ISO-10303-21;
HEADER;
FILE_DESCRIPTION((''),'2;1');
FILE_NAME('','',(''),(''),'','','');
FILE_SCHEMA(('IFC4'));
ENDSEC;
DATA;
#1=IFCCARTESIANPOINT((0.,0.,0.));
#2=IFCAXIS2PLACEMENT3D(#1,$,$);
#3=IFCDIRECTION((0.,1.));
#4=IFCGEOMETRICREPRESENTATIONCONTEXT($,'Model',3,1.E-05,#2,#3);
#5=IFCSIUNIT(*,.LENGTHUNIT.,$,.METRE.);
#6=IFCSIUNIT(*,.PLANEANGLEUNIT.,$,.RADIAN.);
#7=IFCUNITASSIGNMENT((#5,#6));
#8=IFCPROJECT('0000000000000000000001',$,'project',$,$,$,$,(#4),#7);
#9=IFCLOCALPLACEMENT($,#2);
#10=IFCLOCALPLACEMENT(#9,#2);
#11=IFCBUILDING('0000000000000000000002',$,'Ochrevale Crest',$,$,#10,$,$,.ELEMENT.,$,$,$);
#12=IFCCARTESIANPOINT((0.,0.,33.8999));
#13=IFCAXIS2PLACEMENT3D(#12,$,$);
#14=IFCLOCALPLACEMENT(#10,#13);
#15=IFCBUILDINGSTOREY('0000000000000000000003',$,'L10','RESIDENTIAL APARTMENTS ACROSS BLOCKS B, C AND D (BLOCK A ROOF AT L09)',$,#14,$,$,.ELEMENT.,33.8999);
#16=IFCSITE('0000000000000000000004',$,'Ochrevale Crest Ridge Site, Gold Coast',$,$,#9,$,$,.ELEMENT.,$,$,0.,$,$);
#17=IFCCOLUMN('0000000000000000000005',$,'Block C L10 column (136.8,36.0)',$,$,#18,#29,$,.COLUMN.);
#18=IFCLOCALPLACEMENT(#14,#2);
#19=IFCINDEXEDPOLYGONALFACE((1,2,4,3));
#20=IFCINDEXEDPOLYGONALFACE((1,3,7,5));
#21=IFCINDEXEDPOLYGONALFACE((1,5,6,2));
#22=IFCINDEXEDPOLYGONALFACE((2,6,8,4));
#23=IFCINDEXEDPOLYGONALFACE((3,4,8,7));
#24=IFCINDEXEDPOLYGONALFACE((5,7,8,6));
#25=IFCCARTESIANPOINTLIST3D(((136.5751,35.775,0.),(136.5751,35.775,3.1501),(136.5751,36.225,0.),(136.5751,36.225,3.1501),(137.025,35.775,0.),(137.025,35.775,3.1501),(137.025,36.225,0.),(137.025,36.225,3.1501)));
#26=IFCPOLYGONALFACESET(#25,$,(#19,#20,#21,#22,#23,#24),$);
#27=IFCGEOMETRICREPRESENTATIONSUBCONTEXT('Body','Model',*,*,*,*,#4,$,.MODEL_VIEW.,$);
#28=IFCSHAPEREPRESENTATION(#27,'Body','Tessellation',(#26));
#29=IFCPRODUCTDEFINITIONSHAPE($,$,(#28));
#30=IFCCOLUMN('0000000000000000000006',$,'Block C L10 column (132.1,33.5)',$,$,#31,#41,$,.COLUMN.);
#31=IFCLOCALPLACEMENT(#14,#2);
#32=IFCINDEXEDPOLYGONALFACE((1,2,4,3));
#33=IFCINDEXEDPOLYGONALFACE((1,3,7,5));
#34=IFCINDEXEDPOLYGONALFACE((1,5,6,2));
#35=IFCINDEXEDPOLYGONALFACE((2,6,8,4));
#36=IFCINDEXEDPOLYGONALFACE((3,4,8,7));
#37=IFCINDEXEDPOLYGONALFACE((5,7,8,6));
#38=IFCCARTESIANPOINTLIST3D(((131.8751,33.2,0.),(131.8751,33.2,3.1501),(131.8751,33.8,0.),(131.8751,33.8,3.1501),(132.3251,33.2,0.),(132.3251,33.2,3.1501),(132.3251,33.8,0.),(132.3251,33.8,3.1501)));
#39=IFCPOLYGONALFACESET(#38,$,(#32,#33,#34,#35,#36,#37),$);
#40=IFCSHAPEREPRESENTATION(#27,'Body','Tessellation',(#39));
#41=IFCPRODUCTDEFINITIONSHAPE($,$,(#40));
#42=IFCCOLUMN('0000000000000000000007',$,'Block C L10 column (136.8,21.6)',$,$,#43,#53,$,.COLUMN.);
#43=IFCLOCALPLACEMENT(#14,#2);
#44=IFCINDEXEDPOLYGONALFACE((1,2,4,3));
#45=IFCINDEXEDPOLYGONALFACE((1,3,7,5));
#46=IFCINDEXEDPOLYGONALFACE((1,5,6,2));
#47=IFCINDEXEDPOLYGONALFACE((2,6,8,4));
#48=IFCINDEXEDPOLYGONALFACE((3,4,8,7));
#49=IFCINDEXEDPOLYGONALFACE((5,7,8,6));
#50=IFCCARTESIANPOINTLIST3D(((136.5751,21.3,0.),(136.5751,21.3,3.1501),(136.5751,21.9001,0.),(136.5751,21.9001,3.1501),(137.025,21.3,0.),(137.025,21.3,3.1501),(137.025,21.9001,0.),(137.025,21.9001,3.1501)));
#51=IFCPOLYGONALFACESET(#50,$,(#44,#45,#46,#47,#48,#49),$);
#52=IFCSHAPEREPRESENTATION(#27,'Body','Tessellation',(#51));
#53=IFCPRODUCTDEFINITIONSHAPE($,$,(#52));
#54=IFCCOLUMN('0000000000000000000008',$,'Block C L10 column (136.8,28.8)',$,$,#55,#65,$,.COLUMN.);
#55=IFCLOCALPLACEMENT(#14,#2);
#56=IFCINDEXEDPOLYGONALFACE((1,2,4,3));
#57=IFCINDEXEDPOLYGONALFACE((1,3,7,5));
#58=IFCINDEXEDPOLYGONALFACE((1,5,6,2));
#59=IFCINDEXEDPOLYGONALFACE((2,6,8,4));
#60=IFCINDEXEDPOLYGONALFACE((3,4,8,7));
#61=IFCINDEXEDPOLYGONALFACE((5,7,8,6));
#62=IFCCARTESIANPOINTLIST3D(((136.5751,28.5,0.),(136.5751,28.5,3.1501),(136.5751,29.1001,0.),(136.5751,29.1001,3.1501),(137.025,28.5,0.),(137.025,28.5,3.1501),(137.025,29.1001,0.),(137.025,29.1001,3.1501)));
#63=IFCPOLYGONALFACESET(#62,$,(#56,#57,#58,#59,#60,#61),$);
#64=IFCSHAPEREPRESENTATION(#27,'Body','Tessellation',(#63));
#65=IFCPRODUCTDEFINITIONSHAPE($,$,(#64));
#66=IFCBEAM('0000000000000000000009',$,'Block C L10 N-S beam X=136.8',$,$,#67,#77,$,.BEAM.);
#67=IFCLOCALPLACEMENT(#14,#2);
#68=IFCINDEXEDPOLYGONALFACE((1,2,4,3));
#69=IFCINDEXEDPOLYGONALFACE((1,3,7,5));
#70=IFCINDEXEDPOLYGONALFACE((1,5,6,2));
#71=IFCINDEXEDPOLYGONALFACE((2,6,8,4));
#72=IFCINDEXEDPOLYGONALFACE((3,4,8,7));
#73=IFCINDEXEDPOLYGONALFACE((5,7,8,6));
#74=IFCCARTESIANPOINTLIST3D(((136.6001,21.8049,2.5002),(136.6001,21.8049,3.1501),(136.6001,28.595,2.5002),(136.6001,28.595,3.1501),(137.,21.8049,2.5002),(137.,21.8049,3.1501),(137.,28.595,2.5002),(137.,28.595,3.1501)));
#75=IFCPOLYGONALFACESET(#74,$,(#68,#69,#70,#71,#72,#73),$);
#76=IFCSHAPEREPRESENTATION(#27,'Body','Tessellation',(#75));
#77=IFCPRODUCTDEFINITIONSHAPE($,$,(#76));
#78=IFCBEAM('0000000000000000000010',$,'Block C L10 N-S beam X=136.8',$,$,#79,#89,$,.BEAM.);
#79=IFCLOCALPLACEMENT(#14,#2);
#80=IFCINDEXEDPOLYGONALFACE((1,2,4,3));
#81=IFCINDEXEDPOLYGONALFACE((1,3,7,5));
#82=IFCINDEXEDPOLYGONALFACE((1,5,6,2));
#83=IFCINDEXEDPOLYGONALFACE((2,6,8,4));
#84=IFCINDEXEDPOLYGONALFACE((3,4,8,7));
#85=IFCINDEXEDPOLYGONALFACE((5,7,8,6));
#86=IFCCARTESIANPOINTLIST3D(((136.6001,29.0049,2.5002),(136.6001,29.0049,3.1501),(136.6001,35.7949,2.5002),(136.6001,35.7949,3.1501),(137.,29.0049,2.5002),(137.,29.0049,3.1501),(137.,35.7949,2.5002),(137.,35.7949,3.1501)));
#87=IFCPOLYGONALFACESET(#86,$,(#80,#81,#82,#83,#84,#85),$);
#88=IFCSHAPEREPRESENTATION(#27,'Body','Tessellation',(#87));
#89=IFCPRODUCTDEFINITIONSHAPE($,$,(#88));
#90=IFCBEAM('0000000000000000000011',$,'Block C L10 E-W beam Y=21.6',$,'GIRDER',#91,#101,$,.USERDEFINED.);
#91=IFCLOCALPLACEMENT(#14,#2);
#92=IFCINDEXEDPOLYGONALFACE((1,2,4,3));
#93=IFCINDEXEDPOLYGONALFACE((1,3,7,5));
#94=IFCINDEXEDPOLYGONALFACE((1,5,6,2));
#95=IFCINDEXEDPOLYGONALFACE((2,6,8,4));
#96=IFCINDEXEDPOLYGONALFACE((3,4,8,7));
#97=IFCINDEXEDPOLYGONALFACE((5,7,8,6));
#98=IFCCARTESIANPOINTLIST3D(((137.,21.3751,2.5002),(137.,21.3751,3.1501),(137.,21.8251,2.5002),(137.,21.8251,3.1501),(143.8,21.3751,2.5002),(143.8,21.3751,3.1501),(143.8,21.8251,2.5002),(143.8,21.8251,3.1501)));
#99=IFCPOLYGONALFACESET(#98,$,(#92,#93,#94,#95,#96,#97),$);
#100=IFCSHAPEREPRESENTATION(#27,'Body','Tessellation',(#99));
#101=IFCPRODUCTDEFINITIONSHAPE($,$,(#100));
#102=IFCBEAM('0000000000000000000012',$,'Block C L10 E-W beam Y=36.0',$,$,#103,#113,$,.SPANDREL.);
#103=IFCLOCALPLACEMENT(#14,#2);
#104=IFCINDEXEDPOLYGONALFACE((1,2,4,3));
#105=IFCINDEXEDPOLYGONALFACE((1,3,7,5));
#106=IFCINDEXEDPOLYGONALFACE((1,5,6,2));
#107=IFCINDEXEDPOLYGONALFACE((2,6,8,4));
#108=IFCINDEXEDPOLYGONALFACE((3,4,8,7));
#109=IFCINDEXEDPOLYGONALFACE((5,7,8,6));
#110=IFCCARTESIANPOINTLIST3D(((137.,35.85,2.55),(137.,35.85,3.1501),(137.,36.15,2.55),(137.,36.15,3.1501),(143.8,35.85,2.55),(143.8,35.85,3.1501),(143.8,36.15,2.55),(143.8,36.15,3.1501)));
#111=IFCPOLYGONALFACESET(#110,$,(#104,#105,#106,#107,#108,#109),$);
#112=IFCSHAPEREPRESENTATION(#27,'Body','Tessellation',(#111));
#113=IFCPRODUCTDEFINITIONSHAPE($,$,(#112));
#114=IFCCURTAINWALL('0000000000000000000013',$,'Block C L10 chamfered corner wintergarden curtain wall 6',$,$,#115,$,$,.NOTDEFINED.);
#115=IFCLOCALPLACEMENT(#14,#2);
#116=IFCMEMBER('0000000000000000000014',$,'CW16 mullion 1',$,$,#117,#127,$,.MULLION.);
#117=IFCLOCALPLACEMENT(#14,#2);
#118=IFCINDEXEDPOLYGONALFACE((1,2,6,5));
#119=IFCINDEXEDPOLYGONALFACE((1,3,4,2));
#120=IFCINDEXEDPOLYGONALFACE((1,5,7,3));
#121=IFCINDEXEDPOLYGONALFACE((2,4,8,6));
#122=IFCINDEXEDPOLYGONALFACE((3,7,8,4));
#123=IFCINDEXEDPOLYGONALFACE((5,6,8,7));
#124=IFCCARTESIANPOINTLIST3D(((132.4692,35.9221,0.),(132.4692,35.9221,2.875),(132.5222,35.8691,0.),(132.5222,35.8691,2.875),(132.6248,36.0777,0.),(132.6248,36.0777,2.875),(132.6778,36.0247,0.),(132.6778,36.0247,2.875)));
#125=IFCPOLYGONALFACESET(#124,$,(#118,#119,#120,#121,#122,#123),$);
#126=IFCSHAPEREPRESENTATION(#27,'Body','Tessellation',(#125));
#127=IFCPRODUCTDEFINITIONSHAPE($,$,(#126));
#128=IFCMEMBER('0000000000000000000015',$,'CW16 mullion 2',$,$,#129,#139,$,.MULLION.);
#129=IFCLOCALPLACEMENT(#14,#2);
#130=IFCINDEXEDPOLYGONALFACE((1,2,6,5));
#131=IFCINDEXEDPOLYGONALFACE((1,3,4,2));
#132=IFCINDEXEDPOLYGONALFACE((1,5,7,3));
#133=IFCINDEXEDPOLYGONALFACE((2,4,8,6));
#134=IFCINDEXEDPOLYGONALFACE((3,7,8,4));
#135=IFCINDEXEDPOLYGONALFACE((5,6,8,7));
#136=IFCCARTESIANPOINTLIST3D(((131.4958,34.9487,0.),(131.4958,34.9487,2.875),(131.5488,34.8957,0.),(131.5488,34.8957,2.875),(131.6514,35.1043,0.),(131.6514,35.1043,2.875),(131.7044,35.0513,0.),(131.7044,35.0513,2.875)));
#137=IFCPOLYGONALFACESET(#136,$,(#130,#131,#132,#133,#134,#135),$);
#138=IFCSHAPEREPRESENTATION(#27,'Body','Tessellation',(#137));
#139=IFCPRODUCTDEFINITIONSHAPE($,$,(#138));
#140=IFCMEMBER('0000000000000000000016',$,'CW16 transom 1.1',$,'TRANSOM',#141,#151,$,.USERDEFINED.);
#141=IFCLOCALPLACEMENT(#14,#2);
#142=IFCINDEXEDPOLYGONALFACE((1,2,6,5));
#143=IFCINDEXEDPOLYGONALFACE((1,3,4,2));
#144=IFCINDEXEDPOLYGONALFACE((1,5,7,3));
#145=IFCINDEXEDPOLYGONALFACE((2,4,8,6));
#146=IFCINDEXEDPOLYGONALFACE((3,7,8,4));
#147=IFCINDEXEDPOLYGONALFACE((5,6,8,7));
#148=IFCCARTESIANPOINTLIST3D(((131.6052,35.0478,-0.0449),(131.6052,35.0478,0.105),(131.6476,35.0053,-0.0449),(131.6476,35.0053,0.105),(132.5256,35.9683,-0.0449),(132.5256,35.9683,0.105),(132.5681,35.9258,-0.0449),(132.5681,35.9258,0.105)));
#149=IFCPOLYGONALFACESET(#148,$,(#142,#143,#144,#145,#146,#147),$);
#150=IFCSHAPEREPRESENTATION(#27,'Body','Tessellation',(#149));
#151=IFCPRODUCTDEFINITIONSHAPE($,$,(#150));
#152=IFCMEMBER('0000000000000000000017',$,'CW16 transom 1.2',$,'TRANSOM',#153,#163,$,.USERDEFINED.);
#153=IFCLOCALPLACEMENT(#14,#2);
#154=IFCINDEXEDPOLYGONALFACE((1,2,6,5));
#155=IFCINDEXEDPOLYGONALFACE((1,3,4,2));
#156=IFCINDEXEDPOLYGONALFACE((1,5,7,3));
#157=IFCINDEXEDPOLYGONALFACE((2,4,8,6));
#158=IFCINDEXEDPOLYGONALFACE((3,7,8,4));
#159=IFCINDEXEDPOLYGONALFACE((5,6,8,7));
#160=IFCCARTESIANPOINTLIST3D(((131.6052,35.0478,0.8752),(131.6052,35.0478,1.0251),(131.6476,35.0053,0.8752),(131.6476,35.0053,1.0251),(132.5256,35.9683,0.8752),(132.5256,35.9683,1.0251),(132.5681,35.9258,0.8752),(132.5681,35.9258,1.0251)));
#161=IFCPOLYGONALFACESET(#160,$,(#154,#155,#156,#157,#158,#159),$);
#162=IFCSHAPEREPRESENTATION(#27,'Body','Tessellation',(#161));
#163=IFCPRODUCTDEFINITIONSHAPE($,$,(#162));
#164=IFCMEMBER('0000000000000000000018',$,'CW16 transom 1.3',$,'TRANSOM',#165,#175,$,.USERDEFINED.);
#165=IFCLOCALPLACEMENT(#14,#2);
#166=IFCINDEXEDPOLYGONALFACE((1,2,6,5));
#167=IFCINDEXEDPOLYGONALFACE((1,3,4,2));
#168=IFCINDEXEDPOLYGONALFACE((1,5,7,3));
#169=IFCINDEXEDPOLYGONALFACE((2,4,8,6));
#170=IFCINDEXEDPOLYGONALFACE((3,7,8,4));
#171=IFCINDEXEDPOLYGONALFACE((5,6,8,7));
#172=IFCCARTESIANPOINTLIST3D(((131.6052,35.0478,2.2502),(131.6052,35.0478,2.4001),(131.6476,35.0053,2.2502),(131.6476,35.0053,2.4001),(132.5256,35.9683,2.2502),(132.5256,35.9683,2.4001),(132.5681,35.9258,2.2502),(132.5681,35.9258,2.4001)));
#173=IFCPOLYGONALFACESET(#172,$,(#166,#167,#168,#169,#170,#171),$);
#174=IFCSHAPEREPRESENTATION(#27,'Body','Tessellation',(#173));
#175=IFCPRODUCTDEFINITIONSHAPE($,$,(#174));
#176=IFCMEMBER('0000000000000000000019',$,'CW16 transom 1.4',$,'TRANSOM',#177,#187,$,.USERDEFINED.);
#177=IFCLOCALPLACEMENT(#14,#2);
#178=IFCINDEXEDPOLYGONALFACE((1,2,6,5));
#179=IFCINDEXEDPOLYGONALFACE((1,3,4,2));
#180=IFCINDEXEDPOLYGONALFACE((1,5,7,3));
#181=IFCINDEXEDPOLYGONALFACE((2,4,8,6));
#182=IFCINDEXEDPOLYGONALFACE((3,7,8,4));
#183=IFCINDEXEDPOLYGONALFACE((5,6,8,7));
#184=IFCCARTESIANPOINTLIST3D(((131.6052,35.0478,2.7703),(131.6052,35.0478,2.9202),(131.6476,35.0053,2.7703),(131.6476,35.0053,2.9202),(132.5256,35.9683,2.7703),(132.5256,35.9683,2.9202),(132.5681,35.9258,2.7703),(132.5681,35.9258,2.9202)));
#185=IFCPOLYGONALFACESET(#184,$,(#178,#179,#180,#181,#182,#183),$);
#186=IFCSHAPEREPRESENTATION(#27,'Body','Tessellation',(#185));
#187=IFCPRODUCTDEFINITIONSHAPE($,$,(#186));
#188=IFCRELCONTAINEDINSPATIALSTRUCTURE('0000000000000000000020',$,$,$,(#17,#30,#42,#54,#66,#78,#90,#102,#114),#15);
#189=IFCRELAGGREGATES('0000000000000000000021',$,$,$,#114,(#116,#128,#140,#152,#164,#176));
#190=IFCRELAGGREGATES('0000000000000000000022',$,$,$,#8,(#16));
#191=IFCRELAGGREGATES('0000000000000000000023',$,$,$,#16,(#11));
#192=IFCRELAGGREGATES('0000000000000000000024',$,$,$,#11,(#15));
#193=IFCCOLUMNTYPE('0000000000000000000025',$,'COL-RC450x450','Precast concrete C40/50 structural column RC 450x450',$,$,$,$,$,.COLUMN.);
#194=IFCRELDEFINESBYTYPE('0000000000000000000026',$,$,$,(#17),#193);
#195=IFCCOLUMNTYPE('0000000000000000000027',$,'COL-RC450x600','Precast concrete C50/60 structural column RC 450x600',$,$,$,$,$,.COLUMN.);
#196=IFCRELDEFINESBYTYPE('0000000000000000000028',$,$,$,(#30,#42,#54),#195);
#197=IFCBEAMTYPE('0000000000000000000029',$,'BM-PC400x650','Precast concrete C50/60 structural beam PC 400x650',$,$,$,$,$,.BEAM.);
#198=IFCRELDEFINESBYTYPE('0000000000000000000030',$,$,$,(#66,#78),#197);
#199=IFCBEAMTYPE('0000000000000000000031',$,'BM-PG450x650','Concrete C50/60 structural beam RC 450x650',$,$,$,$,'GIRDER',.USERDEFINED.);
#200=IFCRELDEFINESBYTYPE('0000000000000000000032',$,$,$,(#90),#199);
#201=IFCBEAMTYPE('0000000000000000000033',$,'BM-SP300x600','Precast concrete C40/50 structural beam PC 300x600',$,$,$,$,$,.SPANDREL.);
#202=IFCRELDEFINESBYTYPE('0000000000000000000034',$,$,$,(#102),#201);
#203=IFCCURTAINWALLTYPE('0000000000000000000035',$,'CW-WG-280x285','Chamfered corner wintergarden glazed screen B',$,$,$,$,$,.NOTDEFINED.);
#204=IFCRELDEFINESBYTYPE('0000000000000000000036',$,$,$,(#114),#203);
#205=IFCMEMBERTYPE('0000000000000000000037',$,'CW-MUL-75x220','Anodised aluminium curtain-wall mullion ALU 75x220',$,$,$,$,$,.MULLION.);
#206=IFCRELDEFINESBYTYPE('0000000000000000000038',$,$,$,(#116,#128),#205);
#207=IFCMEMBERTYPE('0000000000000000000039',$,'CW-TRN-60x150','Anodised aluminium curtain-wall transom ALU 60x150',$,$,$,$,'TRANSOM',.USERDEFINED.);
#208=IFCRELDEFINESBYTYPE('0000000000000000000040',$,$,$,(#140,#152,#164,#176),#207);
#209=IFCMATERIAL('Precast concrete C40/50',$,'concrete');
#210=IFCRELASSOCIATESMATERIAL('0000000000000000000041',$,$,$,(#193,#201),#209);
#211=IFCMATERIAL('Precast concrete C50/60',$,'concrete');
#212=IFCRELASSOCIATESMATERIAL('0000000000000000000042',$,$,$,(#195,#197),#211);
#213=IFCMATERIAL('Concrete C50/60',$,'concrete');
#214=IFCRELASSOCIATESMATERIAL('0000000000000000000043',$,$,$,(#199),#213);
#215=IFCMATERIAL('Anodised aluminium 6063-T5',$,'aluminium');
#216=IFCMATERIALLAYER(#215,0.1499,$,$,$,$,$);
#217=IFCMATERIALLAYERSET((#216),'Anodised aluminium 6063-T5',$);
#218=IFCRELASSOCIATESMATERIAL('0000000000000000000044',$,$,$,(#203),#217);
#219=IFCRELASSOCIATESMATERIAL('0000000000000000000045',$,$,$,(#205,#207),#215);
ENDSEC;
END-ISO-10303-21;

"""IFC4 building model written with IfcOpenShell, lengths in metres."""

from ifc_helpers import new_model, si_unit, direction, frame, origin, origin_2d, place, context, subcontext, project, spatial, rectangle, extrude, material, layer, layer_set, material_profile, profile_set, type_object, element, aggregate, save


model = new_model("IFC4")

# Units and contexts
model_context = context("Model", 3, precision=1e-05, world=origin(), true_north=direction((0.0, 1.0)))
body_context = subcontext(model_context, "Body", "Model", "MODEL_VIEW")
ifc_project = project(units=[si_unit("LENGTHUNIT", "METRE"), si_unit("PLANEANGLEUNIT", "RADIAN")], contexts=[model_context])

# Site, building, storey
site_placement = place(None, origin())
site = spatial("IfcSite", under=ifc_project, at=site_placement, Name="Ochrevale Crest Ridge Site, Gold Coast", CompositionType="ELEMENT", RefElevation=0.0)
building_placement = place(site_placement, origin())
building = spatial("IfcBuilding", under=site, at=building_placement, Name="Ochrevale Crest", CompositionType="ELEMENT")
storey_placement = place(building_placement, frame((0.0, 0.0, 33.8999)))
storey = spatial("IfcBuildingStorey", under=building, at=storey_placement, Name="L10", Description="RESIDENTIAL APARTMENTS ACROSS BLOCKS B, C AND D (BLOCK A ROOF AT L09)", CompositionType="ELEMENT", Elevation=33.8999)

# Columns
ifc_material_1 = material(Name="Precast concrete C40/50", Category="concrete")
ifc_material_profile_1 = material_profile(ifc_material_1, rectangle(XDim=0.45, YDim=0.45, at=origin_2d()), Name="RC 450x450")
ifc_profile_set_1 = profile_set([ifc_material_profile_1], Name="Precast concrete C40/50")
column_type_1 = type_object("IfcColumnType", Name="COL-RC450x450", Description="Precast concrete C40/50 structural column RC 450x450", PredefinedType="COLUMN", material=ifc_profile_set_1)
column_placement = place(storey_placement, frame((136.8, 36.0, 0.0), z_axis=(0.0, 0.0, 1.0), x_axis=(1.0, 0.0, 0.0)))
element("IfcColumn", 1, at=column_placement, inside=storey, type_object=column_type_1, Name="Block C L10 column (136.8,36.0)", PredefinedType="COLUMN", context=body_context, shape_type="SweptSolid", body=[
    extrude(rectangle(XDim=0.45, YDim=0.45, at=origin_2d()), origin(), (0.0, 0.0, 1.0), 3.1501),
])
ifc_material_2 = material(Name="Precast concrete C50/60", Category="concrete")
ifc_material_profile_2 = material_profile(ifc_material_2, rectangle(XDim=0.45, YDim=0.6001, at=origin_2d()), Name="RC 450x600")
ifc_profile_set_2 = profile_set([ifc_material_profile_2], Name="Precast concrete C50/60")
column_type_2 = type_object("IfcColumnType", Name="COL-RC450x600", Description="Precast concrete C50/60 structural column RC 450x600", PredefinedType="COLUMN", material=ifc_profile_set_2)
for number, where, z_axis, x_axis, name in (
    (2, (132.1001, 33.5, 0.0), (0.0, 0.0, 1.0), (1.0, 0.0, 0.0), "Block C L10 column (132.1,33.5)"),
    (3, (136.8, 21.6001, 0.0), (0.0, 0.0, 1.0), (1.0, 0.0, 0.0), "Block C L10 column (136.8,21.6)"),
    (4, (136.8, 28.8, 0.0), (0.0, 0.0, 1.0), (1.0, 0.0, 0.0), "Block C L10 column (136.8,28.8)"),
):
    element("IfcColumn", number, at=place(storey_placement, frame(where, z_axis=z_axis, x_axis=x_axis)), inside=storey, type_object=column_type_2, Name=name, PredefinedType="COLUMN", context=body_context, shape_type="SweptSolid", body=[
        extrude(rectangle(XDim=0.45, YDim=0.6001, at=origin_2d()), origin(), (0.0, 0.0, 1.0), 3.1501),
    ])

# Beams
ifc_material_profile_3 = material_profile(ifc_material_2, rectangle(XDim=0.3999, YDim=0.6499, at=origin_2d()), Name="PC 400x650")
ifc_profile_set_3 = profile_set([ifc_material_profile_3], Name="Precast concrete C50/60")
beam_type_1 = type_object("IfcBeamType", Name="BM-PC400x650", Description="Precast concrete C50/60 structural beam PC 400x650", PredefinedType="BEAM", material=ifc_profile_set_3)
for number, where, z_axis, x_axis, name in (
    (5, (136.8, 21.8049, 2.8252), (0.0, 1.0, 0.0), (-1.0, 0.0, 0.0), "Block C L10 N-S beam X=136.8"),
    (6, (136.8, 29.0049, 2.8252), (0.0, 1.0, 0.0), (-1.0, 0.0, 0.0), "Block C L10 N-S beam X=136.8"),
):
    element("IfcBeam", number, at=place(storey_placement, frame(where, z_axis=z_axis, x_axis=x_axis)), inside=storey, type_object=beam_type_1, Name=name, PredefinedType="BEAM", context=body_context, shape_type="SweptSolid", body=[
        extrude(rectangle(XDim=0.3999, YDim=0.6499, at=origin_2d()), origin(), (0.0, 0.0, 1.0), 6.79),
    ])
ifc_material_3 = material(Name="Concrete C50/60", Category="concrete")
ifc_material_profile_4 = material_profile(ifc_material_3, rectangle(XDim=0.45, YDim=0.6499, at=origin_2d()), Name="RC 450x650")
ifc_profile_set_4 = profile_set([ifc_material_profile_4], Name="Concrete C50/60")
beam_type_2 = type_object("IfcBeamType", Name="BM-PG450x650", Description="Concrete C50/60 structural beam RC 450x650", ElementType="GIRDER", PredefinedType="USERDEFINED", material=ifc_profile_set_4)
beam_1_placement = place(storey_placement, frame((137.0, 21.6001, 2.8252), z_axis=(1.0, 0.0, 0.0), x_axis=(0.0, 1.0, 0.0)))
element("IfcBeam", 7, at=beam_1_placement, inside=storey, type_object=beam_type_2, Name="Block C L10 E-W beam Y=21.6", ObjectType="GIRDER", PredefinedType="USERDEFINED", context=body_context, shape_type="SweptSolid", body=[
    extrude(rectangle(XDim=0.45, YDim=0.6499, at=origin_2d()), origin(), (0.0, 0.0, 1.0), 6.8),
])
ifc_material_profile_5 = material_profile(ifc_material_1, rectangle(XDim=0.3, YDim=0.6001, at=origin_2d()), Name="PC 300x600")
ifc_profile_set_5 = profile_set([ifc_material_profile_5], Name="Precast concrete C40/50")
beam_type_3 = type_object("IfcBeamType", Name="BM-SP300x600", Description="Precast concrete C40/50 structural beam PC 300x600", PredefinedType="SPANDREL", material=ifc_profile_set_5)
beam_2_placement = place(storey_placement, frame((137.0, 36.0, 2.8501), z_axis=(1.0, 0.0, 0.0), x_axis=(0.0, 1.0, 0.0)))
element("IfcBeam", 8, at=beam_2_placement, inside=storey, type_object=beam_type_3, Name="Block C L10 E-W beam Y=36.0", PredefinedType="SPANDREL", context=body_context, shape_type="SweptSolid", body=[
    extrude(rectangle(XDim=0.3, YDim=0.6001, at=origin_2d()), origin(), (0.0, 0.0, 1.0), 6.8),
])

# Curtain wall, members
ifc_material_4 = material(Name="Anodised aluminium 6063-T5", Category="aluminium")
ifc_layer_1 = layer(ifc_material_4, 0.1499)
ifc_layer_set_1 = layer_set([ifc_layer_1], Name="Anodised aluminium 6063-T5")
curtain_wall_type = type_object("IfcCurtainWallType", Name="CW-WG-280x285", Description="Chamfered corner wintergarden glazed screen B", PredefinedType="NOTDEFINED", material=ifc_layer_set_1)
curtain_wall_placement = place(storey_placement, origin())
curtain_wall = element("IfcCurtainWall", 9, at=curtain_wall_placement, inside=storey, type_object=curtain_wall_type, Name="Block C L10 chamfered corner wintergarden curtain wall 6", PredefinedType="NOTDEFINED")
ifc_material_profile_6 = material_profile(ifc_material_4, rectangle(XDim=0.075, YDim=0.22, at=origin_2d()), Name="ALU 75x220")
ifc_profile_set_6 = profile_set([ifc_material_profile_6], Name="Anodised aluminium 6063-T5")
member_type_1 = type_object("IfcMemberType", Name="CW-MUL-75x220", Description="Anodised aluminium curtain-wall mullion ALU 75x220", PredefinedType="MULLION", material=ifc_profile_set_6)
member_1_placement = place(storey_placement, frame((132.5735, 35.9734, 0.0), z_axis=(0.0, 0.0, 1.0), x_axis=(0.707107, -0.707107, 0.0)))
member_1 = element("IfcMember", 10, at=member_1_placement, type_object=member_type_1, Name="CW16 mullion 1", PredefinedType="MULLION", context=body_context, shape_type="SweptSolid", body=[
    extrude(rectangle(XDim=0.075, YDim=0.22, at=origin_2d()), origin(), (0.0, 0.0, 1.0), 2.875),
])
member_2_placement = place(storey_placement, frame((131.6001, 35.0, 0.0), z_axis=(0.0, 0.0, 1.0), x_axis=(0.707107, -0.707107, 0.0)))
member_2 = element("IfcMember", 11, at=member_2_placement, type_object=member_type_1, Name="CW16 mullion 2", PredefinedType="MULLION", context=body_context, shape_type="SweptSolid", body=[
    extrude(rectangle(XDim=0.075, YDim=0.22, at=origin_2d()), origin(), (0.0, 0.0, 1.0), 2.875),
])
ifc_material_profile_7 = material_profile(ifc_material_4, rectangle(XDim=0.0601, YDim=0.1499, at=origin_2d()), Name="ALU 60x150")
ifc_profile_set_7 = profile_set([ifc_material_profile_7], Name="Anodised aluminium 6063-T5")
member_type_2 = type_object("IfcMemberType", Name="CW-TRN-60x150", Description="Anodised aluminium curtain-wall transom ALU 60x150", ElementType="TRANSOM", PredefinedType="USERDEFINED", material=ifc_profile_set_7)
member_3_placement = place(storey_placement, frame((132.5469, 35.947, 0.03), z_axis=(-0.707107, -0.707107, 0.0), x_axis=(0.707107, -0.707107, 0.0)))
member_3 = element("IfcMember", 12, at=member_3_placement, type_object=member_type_2, Name="CW16 transom 1.1", ObjectType="TRANSOM", PredefinedType="USERDEFINED", context=body_context, shape_type="SweptSolid", body=[
    extrude(rectangle(XDim=0.0601, YDim=0.1499, at=origin_2d()), origin(), (0.0, 0.0, 1.0), 1.3018),
])
member_4_placement = place(storey_placement, frame((132.5469, 35.947, 0.9502), z_axis=(-0.707107, -0.707107, 0.0), x_axis=(0.707107, -0.707107, 0.0)))
member_4 = element("IfcMember", 13, at=member_4_placement, type_object=member_type_2, Name="CW16 transom 1.2", ObjectType="TRANSOM", PredefinedType="USERDEFINED", context=body_context, shape_type="SweptSolid", body=[
    extrude(rectangle(XDim=0.0601, YDim=0.1499, at=origin_2d()), origin(), (0.0, 0.0, 1.0), 1.3018),
])
member_5_placement = place(storey_placement, frame((132.5469, 35.947, 2.3252), z_axis=(-0.707107, -0.707107, 0.0), x_axis=(0.707107, -0.707107, 0.0)))
member_5 = element("IfcMember", 14, at=member_5_placement, type_object=member_type_2, Name="CW16 transom 1.3", ObjectType="TRANSOM", PredefinedType="USERDEFINED", context=body_context, shape_type="SweptSolid", body=[
    extrude(rectangle(XDim=0.0601, YDim=0.1499, at=origin_2d()), origin(), (0.0, 0.0, 1.0), 1.3018),
])
member_6_placement = place(storey_placement, frame((132.5469, 35.947, 2.8452), z_axis=(-0.707107, -0.707107, 0.0), x_axis=(0.707107, -0.707107, 0.0)))
member_6 = element("IfcMember", 15, at=member_6_placement, type_object=member_type_2, Name="CW16 transom 1.4", ObjectType="TRANSOM", PredefinedType="USERDEFINED", context=body_context, shape_type="SweptSolid", body=[
    extrude(rectangle(XDim=0.0601, YDim=0.1499, at=origin_2d()), origin(), (0.0, 0.0, 1.0), 1.3018),
])
aggregate(curtain_wall, [member_1, member_2, member_3, member_4, member_5, member_6])

save(model, "model.ifc")
